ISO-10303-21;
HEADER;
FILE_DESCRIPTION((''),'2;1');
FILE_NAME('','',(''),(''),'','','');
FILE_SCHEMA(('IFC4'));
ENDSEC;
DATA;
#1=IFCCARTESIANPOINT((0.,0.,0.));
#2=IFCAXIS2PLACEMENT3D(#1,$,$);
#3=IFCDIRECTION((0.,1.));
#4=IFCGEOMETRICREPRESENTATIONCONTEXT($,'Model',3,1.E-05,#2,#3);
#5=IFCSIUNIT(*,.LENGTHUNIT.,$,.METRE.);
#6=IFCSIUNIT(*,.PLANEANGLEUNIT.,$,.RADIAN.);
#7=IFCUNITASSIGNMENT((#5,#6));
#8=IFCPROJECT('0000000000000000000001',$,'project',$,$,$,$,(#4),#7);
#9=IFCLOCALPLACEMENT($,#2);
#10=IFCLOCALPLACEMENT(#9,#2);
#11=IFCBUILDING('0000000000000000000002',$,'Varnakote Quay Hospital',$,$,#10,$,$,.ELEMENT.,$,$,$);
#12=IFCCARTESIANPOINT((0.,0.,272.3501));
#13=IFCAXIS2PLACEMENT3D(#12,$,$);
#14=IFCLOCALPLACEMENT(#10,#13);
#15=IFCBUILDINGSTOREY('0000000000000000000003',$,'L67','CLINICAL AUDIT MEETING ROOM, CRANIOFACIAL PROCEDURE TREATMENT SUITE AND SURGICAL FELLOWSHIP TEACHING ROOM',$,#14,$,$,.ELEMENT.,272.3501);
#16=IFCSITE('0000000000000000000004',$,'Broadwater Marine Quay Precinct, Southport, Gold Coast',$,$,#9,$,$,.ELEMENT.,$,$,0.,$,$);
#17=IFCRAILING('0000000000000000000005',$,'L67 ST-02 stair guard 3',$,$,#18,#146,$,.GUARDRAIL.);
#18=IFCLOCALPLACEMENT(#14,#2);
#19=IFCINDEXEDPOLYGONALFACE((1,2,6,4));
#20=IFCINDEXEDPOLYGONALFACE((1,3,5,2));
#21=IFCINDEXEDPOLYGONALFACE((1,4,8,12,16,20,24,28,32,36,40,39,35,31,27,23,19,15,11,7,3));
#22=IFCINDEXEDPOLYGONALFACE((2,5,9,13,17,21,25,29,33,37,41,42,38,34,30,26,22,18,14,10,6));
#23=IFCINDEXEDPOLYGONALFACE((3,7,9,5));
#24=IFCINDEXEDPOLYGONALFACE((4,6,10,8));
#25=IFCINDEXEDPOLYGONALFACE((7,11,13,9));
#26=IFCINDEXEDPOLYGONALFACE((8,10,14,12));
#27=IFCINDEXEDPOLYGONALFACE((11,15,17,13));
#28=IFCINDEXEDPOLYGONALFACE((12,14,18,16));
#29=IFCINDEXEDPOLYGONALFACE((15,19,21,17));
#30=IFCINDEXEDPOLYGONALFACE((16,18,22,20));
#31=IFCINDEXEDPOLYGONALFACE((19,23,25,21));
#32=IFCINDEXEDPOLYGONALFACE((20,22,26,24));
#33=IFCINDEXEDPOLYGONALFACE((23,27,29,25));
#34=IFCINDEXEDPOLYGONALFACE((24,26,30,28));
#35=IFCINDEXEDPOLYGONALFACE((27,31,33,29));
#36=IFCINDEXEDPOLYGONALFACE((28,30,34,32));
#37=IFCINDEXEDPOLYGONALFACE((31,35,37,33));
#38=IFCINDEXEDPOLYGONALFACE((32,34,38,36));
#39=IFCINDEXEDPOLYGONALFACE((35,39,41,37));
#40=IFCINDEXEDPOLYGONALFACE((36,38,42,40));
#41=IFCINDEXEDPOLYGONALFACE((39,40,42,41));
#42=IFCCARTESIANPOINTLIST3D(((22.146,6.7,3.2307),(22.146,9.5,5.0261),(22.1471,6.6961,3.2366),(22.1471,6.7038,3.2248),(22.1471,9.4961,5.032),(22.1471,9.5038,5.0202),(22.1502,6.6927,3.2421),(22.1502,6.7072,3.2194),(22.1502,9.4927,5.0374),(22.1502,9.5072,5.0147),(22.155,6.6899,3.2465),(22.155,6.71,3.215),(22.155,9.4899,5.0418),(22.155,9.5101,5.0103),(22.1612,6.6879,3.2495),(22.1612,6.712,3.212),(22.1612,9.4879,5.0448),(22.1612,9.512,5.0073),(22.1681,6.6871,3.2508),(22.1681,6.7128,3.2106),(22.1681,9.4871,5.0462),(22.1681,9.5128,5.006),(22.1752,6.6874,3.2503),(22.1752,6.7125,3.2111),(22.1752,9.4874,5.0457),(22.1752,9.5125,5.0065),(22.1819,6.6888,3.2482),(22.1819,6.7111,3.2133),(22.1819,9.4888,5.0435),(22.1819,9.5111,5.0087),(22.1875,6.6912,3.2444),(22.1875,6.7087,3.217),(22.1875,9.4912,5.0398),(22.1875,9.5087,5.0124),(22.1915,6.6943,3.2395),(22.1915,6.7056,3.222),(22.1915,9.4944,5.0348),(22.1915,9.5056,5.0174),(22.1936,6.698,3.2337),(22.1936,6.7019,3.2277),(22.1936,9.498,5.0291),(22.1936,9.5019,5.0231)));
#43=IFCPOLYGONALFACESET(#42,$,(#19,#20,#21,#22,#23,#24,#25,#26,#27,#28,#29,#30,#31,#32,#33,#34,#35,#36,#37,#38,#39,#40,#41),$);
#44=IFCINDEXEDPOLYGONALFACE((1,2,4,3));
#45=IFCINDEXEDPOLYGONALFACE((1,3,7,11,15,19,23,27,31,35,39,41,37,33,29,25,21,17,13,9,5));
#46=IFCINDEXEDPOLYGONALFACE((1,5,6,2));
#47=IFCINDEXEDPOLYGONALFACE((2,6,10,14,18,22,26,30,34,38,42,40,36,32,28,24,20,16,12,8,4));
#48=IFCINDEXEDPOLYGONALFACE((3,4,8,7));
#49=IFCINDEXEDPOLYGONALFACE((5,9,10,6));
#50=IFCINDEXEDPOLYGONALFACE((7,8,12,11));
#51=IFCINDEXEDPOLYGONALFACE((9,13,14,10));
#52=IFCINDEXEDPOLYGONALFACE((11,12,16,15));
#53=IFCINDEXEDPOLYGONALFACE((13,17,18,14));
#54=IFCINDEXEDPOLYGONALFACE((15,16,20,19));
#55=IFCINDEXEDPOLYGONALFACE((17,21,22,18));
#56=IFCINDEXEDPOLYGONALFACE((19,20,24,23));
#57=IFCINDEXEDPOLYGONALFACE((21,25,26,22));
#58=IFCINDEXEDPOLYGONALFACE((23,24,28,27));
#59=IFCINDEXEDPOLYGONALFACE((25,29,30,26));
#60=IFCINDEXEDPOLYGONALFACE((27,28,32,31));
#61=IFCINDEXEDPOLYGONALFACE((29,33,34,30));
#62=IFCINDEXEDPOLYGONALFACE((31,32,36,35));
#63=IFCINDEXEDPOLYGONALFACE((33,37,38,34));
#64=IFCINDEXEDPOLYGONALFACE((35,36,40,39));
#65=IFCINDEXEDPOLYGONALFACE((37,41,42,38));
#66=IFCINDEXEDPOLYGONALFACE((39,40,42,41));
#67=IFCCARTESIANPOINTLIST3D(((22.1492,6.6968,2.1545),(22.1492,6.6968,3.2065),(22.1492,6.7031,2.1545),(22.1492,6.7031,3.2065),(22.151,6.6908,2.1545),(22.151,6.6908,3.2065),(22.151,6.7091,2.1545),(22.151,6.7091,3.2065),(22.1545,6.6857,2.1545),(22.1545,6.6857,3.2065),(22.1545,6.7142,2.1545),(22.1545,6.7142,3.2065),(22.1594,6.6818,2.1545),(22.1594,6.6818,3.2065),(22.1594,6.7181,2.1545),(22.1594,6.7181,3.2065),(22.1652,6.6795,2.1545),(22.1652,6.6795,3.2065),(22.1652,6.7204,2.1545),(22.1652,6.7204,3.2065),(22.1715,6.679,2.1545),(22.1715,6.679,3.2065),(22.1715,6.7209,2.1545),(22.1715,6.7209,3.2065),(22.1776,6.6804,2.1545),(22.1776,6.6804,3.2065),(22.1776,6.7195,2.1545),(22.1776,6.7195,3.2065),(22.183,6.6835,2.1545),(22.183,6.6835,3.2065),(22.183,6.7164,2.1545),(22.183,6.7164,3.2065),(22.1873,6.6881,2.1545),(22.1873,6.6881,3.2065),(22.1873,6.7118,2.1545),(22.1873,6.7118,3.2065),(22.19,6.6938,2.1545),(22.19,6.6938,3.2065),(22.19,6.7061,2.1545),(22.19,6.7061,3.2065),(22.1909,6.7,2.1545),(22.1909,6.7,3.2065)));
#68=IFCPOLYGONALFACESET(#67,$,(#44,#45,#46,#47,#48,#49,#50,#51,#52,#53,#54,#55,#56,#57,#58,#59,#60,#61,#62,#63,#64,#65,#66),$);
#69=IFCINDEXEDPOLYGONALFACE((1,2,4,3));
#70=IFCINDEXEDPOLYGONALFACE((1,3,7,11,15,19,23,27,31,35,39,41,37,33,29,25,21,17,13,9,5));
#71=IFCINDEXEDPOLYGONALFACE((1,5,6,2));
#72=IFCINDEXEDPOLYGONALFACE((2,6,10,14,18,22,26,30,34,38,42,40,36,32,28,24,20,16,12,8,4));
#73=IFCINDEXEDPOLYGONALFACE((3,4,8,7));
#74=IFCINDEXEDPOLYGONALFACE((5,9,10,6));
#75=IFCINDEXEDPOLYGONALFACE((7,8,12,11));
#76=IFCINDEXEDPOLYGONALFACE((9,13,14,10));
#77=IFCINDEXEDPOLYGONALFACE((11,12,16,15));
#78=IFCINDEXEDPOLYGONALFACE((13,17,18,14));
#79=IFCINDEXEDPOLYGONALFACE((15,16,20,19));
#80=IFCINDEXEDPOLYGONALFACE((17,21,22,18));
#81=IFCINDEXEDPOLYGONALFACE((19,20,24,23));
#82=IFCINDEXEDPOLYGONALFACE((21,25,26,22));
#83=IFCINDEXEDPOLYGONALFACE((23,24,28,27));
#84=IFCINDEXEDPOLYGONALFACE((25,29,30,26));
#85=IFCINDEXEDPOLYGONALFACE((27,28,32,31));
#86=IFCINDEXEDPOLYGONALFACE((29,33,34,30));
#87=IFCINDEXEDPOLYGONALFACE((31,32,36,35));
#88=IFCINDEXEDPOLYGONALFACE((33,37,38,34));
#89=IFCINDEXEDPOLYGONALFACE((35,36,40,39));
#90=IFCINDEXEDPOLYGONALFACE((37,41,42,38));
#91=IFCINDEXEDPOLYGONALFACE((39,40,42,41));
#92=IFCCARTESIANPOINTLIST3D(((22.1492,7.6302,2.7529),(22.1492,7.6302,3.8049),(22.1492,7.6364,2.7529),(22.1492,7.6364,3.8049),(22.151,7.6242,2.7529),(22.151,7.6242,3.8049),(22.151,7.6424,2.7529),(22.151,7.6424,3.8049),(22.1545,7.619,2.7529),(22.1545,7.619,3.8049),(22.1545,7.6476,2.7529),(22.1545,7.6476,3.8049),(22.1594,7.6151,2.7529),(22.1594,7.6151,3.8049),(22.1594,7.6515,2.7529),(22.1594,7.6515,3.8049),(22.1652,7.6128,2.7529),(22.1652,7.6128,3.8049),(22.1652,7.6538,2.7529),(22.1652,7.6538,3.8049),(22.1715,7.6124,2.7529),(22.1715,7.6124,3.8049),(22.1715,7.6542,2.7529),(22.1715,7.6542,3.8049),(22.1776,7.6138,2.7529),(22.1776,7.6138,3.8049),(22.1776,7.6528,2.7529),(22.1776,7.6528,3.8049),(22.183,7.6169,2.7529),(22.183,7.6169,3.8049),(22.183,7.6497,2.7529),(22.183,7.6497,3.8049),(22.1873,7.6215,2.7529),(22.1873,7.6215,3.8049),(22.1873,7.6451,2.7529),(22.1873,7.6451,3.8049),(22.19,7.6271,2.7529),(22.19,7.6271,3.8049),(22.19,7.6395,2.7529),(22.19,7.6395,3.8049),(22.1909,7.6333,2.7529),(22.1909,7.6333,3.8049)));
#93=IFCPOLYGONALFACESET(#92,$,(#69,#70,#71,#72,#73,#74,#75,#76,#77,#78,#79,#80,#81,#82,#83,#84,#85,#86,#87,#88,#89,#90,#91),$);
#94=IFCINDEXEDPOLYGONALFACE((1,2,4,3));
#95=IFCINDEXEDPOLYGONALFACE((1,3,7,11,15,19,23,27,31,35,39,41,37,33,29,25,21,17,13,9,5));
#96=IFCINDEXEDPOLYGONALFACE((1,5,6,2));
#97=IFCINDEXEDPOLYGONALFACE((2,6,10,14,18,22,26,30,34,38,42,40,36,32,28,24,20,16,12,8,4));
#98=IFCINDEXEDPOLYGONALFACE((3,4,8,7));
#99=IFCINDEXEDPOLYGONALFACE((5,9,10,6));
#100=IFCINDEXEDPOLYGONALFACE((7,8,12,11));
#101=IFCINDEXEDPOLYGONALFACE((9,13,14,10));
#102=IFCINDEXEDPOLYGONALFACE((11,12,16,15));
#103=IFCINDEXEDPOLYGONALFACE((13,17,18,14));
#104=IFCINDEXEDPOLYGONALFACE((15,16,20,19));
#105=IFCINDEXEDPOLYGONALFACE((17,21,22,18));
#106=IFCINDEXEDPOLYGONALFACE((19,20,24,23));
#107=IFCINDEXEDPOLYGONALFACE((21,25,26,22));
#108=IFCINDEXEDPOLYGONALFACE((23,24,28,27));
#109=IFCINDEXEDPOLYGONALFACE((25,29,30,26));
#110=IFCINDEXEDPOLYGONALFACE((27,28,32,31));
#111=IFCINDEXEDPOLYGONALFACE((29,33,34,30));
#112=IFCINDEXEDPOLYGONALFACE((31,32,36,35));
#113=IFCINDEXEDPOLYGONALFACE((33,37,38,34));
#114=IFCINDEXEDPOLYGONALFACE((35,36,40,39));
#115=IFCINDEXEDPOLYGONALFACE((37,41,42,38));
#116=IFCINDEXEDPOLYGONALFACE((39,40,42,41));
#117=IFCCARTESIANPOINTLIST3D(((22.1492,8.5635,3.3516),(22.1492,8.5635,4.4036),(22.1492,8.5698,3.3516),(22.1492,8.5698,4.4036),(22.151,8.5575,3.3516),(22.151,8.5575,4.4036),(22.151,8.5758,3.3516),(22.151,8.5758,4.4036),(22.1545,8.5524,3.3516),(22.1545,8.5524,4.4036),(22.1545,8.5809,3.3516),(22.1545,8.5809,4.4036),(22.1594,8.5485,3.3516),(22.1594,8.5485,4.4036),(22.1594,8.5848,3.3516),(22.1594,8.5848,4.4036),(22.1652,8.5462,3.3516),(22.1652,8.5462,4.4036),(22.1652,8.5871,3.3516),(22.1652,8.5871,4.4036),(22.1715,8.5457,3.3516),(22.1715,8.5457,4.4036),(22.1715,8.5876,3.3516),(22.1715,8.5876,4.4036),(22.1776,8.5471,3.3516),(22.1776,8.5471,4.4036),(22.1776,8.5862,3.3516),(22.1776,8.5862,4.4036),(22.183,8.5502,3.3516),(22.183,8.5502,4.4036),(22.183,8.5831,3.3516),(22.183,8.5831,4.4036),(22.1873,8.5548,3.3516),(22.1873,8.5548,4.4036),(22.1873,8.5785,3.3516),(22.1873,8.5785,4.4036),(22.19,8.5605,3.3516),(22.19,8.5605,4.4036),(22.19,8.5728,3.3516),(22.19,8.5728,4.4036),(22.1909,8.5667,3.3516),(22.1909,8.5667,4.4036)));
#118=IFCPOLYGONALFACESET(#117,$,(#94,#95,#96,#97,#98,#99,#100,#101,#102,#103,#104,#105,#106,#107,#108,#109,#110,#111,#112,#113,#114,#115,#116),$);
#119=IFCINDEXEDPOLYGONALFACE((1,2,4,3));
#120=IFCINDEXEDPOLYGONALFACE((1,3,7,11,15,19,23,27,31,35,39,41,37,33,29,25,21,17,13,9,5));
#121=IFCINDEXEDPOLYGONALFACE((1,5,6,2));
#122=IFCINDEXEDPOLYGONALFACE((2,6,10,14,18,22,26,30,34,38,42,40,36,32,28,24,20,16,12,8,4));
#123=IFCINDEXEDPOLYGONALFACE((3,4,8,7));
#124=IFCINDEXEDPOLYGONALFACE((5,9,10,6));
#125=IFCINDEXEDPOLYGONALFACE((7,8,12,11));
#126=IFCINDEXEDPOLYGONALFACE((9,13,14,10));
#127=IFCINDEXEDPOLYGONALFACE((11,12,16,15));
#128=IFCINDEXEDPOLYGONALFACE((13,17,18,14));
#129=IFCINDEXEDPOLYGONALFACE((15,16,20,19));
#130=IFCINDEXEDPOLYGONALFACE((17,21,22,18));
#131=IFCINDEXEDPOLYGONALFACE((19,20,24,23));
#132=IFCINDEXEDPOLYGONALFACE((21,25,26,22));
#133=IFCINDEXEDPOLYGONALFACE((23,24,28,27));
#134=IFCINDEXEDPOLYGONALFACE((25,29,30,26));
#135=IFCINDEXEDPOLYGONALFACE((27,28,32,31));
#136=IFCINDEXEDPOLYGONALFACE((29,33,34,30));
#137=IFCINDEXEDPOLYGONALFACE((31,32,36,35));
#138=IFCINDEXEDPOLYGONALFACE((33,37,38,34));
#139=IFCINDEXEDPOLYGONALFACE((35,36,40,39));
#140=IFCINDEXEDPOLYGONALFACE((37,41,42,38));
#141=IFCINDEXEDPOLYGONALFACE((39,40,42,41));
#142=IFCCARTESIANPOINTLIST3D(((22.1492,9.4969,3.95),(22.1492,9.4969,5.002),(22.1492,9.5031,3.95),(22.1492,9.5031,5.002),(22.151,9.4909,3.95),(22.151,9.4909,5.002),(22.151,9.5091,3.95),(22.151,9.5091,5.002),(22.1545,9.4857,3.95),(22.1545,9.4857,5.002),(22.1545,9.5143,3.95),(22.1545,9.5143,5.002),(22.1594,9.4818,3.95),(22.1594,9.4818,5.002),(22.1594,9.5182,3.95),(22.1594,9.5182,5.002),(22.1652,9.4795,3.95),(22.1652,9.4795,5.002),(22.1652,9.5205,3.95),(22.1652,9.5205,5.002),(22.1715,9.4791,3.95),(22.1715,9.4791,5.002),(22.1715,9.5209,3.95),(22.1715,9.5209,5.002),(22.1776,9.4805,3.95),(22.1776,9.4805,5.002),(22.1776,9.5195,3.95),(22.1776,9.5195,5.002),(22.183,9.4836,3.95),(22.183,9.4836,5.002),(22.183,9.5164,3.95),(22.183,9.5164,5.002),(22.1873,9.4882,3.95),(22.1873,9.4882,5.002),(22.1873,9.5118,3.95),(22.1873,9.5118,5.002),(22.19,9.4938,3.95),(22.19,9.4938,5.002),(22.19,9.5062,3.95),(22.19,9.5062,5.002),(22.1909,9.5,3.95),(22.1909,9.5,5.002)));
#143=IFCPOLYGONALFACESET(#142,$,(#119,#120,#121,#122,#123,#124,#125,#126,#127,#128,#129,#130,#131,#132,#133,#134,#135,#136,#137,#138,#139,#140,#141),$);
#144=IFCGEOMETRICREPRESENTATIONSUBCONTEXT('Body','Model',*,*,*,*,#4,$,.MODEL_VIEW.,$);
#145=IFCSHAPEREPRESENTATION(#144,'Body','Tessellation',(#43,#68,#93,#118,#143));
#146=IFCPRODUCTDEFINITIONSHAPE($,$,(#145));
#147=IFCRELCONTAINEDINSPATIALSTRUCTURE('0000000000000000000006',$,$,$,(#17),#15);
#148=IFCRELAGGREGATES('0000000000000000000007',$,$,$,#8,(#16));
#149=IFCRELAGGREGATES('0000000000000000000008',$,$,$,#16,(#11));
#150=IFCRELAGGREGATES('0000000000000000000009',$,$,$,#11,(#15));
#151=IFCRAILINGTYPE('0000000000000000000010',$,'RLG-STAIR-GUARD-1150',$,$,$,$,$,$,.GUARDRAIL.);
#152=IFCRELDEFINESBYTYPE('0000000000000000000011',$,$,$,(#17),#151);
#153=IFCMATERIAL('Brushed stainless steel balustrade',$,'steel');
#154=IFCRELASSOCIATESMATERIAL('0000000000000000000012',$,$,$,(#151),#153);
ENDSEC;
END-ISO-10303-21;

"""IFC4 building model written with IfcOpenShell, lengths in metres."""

from ifc_helpers import new_model, si_unit, direction, frame, origin, origin_2d, place, context, subcontext, project, spatial, circle, extrude, material, type_object, element, save


model = new_model("IFC4")

# Units and contexts
model_context = context("Model", 3, precision=1e-05, world=origin(), true_north=direction((0.0, 1.0)))
body_context = subcontext(model_context, "Body", "Model", "MODEL_VIEW")
ifc_project = project(units=[si_unit("LENGTHUNIT", "METRE"), si_unit("PLANEANGLEUNIT", "RADIAN")], contexts=[model_context])

# Site, building, storey
site_placement = place(None, origin())
site = spatial("IfcSite", under=ifc_project, at=site_placement, Name="Broadwater Marine Quay Precinct, Southport, Gold Coast", CompositionType="ELEMENT", RefElevation=0.0)
building_placement = place(site_placement, origin())
building = spatial("IfcBuilding", under=site, at=building_placement, Name="Varnakote Quay Hospital", CompositionType="ELEMENT")
storey_placement = place(building_placement, frame((0.0, 0.0, 272.3501)))
storey = spatial("IfcBuildingStorey", under=building, at=storey_placement, Name="L67", Description="CLINICAL AUDIT MEETING ROOM, CRANIOFACIAL PROCEDURE TREATMENT SUITE AND SURGICAL FELLOWSHIP TEACHING ROOM", CompositionType="ELEMENT", Elevation=272.3501)

# Railing
ifc_material_1 = material(Name="Brushed stainless steel balustrade", Category="steel")
railing_type_1 = type_object("IfcRailingType", Name="RLG-STAIR-GUARD-1150", PredefinedType="GUARDRAIL", material=ifc_material_1)
railing_1_placement = place(storey_placement, frame((22.1699, 6.7, 2.1545)))
element("IfcRailing", 1, at=railing_1_placement, inside=storey, type_object=railing_type_1, Name="L67 ST-02 stair guard 3", PredefinedType="GUARDRAIL", context=body_context, shape_type="SweptSolid", body=[
    extrude(circle(Radius=0.0239, at=origin_2d()), frame((0.0, 0.0, 1.0762), z_axis=(0.0, 0.84181, 0.539774), x_axis=(-1.0, 0.0, 0.0)), (0.0, 0.0, 1.0), 3.3262),
    extrude(circle(Radius=0.021, at=origin_2d()), origin(), (0.0, 0.0, 1.0), 1.052),
    extrude(circle(Radius=0.021, at=origin_2d()), frame((0.0, 0.9333, 0.5984)), (0.0, 0.0, 1.0), 1.052),
    extrude(circle(Radius=0.021, at=origin_2d()), frame((0.0, 1.8667, 1.197)), (0.0, 0.0, 1.0), 1.052),
    extrude(circle(Radius=0.021, at=origin_2d()), frame((0.0, 2.8, 1.7954)), (0.0, 0.0, 1.0), 1.052),
])

save(model, "model.ifc")
